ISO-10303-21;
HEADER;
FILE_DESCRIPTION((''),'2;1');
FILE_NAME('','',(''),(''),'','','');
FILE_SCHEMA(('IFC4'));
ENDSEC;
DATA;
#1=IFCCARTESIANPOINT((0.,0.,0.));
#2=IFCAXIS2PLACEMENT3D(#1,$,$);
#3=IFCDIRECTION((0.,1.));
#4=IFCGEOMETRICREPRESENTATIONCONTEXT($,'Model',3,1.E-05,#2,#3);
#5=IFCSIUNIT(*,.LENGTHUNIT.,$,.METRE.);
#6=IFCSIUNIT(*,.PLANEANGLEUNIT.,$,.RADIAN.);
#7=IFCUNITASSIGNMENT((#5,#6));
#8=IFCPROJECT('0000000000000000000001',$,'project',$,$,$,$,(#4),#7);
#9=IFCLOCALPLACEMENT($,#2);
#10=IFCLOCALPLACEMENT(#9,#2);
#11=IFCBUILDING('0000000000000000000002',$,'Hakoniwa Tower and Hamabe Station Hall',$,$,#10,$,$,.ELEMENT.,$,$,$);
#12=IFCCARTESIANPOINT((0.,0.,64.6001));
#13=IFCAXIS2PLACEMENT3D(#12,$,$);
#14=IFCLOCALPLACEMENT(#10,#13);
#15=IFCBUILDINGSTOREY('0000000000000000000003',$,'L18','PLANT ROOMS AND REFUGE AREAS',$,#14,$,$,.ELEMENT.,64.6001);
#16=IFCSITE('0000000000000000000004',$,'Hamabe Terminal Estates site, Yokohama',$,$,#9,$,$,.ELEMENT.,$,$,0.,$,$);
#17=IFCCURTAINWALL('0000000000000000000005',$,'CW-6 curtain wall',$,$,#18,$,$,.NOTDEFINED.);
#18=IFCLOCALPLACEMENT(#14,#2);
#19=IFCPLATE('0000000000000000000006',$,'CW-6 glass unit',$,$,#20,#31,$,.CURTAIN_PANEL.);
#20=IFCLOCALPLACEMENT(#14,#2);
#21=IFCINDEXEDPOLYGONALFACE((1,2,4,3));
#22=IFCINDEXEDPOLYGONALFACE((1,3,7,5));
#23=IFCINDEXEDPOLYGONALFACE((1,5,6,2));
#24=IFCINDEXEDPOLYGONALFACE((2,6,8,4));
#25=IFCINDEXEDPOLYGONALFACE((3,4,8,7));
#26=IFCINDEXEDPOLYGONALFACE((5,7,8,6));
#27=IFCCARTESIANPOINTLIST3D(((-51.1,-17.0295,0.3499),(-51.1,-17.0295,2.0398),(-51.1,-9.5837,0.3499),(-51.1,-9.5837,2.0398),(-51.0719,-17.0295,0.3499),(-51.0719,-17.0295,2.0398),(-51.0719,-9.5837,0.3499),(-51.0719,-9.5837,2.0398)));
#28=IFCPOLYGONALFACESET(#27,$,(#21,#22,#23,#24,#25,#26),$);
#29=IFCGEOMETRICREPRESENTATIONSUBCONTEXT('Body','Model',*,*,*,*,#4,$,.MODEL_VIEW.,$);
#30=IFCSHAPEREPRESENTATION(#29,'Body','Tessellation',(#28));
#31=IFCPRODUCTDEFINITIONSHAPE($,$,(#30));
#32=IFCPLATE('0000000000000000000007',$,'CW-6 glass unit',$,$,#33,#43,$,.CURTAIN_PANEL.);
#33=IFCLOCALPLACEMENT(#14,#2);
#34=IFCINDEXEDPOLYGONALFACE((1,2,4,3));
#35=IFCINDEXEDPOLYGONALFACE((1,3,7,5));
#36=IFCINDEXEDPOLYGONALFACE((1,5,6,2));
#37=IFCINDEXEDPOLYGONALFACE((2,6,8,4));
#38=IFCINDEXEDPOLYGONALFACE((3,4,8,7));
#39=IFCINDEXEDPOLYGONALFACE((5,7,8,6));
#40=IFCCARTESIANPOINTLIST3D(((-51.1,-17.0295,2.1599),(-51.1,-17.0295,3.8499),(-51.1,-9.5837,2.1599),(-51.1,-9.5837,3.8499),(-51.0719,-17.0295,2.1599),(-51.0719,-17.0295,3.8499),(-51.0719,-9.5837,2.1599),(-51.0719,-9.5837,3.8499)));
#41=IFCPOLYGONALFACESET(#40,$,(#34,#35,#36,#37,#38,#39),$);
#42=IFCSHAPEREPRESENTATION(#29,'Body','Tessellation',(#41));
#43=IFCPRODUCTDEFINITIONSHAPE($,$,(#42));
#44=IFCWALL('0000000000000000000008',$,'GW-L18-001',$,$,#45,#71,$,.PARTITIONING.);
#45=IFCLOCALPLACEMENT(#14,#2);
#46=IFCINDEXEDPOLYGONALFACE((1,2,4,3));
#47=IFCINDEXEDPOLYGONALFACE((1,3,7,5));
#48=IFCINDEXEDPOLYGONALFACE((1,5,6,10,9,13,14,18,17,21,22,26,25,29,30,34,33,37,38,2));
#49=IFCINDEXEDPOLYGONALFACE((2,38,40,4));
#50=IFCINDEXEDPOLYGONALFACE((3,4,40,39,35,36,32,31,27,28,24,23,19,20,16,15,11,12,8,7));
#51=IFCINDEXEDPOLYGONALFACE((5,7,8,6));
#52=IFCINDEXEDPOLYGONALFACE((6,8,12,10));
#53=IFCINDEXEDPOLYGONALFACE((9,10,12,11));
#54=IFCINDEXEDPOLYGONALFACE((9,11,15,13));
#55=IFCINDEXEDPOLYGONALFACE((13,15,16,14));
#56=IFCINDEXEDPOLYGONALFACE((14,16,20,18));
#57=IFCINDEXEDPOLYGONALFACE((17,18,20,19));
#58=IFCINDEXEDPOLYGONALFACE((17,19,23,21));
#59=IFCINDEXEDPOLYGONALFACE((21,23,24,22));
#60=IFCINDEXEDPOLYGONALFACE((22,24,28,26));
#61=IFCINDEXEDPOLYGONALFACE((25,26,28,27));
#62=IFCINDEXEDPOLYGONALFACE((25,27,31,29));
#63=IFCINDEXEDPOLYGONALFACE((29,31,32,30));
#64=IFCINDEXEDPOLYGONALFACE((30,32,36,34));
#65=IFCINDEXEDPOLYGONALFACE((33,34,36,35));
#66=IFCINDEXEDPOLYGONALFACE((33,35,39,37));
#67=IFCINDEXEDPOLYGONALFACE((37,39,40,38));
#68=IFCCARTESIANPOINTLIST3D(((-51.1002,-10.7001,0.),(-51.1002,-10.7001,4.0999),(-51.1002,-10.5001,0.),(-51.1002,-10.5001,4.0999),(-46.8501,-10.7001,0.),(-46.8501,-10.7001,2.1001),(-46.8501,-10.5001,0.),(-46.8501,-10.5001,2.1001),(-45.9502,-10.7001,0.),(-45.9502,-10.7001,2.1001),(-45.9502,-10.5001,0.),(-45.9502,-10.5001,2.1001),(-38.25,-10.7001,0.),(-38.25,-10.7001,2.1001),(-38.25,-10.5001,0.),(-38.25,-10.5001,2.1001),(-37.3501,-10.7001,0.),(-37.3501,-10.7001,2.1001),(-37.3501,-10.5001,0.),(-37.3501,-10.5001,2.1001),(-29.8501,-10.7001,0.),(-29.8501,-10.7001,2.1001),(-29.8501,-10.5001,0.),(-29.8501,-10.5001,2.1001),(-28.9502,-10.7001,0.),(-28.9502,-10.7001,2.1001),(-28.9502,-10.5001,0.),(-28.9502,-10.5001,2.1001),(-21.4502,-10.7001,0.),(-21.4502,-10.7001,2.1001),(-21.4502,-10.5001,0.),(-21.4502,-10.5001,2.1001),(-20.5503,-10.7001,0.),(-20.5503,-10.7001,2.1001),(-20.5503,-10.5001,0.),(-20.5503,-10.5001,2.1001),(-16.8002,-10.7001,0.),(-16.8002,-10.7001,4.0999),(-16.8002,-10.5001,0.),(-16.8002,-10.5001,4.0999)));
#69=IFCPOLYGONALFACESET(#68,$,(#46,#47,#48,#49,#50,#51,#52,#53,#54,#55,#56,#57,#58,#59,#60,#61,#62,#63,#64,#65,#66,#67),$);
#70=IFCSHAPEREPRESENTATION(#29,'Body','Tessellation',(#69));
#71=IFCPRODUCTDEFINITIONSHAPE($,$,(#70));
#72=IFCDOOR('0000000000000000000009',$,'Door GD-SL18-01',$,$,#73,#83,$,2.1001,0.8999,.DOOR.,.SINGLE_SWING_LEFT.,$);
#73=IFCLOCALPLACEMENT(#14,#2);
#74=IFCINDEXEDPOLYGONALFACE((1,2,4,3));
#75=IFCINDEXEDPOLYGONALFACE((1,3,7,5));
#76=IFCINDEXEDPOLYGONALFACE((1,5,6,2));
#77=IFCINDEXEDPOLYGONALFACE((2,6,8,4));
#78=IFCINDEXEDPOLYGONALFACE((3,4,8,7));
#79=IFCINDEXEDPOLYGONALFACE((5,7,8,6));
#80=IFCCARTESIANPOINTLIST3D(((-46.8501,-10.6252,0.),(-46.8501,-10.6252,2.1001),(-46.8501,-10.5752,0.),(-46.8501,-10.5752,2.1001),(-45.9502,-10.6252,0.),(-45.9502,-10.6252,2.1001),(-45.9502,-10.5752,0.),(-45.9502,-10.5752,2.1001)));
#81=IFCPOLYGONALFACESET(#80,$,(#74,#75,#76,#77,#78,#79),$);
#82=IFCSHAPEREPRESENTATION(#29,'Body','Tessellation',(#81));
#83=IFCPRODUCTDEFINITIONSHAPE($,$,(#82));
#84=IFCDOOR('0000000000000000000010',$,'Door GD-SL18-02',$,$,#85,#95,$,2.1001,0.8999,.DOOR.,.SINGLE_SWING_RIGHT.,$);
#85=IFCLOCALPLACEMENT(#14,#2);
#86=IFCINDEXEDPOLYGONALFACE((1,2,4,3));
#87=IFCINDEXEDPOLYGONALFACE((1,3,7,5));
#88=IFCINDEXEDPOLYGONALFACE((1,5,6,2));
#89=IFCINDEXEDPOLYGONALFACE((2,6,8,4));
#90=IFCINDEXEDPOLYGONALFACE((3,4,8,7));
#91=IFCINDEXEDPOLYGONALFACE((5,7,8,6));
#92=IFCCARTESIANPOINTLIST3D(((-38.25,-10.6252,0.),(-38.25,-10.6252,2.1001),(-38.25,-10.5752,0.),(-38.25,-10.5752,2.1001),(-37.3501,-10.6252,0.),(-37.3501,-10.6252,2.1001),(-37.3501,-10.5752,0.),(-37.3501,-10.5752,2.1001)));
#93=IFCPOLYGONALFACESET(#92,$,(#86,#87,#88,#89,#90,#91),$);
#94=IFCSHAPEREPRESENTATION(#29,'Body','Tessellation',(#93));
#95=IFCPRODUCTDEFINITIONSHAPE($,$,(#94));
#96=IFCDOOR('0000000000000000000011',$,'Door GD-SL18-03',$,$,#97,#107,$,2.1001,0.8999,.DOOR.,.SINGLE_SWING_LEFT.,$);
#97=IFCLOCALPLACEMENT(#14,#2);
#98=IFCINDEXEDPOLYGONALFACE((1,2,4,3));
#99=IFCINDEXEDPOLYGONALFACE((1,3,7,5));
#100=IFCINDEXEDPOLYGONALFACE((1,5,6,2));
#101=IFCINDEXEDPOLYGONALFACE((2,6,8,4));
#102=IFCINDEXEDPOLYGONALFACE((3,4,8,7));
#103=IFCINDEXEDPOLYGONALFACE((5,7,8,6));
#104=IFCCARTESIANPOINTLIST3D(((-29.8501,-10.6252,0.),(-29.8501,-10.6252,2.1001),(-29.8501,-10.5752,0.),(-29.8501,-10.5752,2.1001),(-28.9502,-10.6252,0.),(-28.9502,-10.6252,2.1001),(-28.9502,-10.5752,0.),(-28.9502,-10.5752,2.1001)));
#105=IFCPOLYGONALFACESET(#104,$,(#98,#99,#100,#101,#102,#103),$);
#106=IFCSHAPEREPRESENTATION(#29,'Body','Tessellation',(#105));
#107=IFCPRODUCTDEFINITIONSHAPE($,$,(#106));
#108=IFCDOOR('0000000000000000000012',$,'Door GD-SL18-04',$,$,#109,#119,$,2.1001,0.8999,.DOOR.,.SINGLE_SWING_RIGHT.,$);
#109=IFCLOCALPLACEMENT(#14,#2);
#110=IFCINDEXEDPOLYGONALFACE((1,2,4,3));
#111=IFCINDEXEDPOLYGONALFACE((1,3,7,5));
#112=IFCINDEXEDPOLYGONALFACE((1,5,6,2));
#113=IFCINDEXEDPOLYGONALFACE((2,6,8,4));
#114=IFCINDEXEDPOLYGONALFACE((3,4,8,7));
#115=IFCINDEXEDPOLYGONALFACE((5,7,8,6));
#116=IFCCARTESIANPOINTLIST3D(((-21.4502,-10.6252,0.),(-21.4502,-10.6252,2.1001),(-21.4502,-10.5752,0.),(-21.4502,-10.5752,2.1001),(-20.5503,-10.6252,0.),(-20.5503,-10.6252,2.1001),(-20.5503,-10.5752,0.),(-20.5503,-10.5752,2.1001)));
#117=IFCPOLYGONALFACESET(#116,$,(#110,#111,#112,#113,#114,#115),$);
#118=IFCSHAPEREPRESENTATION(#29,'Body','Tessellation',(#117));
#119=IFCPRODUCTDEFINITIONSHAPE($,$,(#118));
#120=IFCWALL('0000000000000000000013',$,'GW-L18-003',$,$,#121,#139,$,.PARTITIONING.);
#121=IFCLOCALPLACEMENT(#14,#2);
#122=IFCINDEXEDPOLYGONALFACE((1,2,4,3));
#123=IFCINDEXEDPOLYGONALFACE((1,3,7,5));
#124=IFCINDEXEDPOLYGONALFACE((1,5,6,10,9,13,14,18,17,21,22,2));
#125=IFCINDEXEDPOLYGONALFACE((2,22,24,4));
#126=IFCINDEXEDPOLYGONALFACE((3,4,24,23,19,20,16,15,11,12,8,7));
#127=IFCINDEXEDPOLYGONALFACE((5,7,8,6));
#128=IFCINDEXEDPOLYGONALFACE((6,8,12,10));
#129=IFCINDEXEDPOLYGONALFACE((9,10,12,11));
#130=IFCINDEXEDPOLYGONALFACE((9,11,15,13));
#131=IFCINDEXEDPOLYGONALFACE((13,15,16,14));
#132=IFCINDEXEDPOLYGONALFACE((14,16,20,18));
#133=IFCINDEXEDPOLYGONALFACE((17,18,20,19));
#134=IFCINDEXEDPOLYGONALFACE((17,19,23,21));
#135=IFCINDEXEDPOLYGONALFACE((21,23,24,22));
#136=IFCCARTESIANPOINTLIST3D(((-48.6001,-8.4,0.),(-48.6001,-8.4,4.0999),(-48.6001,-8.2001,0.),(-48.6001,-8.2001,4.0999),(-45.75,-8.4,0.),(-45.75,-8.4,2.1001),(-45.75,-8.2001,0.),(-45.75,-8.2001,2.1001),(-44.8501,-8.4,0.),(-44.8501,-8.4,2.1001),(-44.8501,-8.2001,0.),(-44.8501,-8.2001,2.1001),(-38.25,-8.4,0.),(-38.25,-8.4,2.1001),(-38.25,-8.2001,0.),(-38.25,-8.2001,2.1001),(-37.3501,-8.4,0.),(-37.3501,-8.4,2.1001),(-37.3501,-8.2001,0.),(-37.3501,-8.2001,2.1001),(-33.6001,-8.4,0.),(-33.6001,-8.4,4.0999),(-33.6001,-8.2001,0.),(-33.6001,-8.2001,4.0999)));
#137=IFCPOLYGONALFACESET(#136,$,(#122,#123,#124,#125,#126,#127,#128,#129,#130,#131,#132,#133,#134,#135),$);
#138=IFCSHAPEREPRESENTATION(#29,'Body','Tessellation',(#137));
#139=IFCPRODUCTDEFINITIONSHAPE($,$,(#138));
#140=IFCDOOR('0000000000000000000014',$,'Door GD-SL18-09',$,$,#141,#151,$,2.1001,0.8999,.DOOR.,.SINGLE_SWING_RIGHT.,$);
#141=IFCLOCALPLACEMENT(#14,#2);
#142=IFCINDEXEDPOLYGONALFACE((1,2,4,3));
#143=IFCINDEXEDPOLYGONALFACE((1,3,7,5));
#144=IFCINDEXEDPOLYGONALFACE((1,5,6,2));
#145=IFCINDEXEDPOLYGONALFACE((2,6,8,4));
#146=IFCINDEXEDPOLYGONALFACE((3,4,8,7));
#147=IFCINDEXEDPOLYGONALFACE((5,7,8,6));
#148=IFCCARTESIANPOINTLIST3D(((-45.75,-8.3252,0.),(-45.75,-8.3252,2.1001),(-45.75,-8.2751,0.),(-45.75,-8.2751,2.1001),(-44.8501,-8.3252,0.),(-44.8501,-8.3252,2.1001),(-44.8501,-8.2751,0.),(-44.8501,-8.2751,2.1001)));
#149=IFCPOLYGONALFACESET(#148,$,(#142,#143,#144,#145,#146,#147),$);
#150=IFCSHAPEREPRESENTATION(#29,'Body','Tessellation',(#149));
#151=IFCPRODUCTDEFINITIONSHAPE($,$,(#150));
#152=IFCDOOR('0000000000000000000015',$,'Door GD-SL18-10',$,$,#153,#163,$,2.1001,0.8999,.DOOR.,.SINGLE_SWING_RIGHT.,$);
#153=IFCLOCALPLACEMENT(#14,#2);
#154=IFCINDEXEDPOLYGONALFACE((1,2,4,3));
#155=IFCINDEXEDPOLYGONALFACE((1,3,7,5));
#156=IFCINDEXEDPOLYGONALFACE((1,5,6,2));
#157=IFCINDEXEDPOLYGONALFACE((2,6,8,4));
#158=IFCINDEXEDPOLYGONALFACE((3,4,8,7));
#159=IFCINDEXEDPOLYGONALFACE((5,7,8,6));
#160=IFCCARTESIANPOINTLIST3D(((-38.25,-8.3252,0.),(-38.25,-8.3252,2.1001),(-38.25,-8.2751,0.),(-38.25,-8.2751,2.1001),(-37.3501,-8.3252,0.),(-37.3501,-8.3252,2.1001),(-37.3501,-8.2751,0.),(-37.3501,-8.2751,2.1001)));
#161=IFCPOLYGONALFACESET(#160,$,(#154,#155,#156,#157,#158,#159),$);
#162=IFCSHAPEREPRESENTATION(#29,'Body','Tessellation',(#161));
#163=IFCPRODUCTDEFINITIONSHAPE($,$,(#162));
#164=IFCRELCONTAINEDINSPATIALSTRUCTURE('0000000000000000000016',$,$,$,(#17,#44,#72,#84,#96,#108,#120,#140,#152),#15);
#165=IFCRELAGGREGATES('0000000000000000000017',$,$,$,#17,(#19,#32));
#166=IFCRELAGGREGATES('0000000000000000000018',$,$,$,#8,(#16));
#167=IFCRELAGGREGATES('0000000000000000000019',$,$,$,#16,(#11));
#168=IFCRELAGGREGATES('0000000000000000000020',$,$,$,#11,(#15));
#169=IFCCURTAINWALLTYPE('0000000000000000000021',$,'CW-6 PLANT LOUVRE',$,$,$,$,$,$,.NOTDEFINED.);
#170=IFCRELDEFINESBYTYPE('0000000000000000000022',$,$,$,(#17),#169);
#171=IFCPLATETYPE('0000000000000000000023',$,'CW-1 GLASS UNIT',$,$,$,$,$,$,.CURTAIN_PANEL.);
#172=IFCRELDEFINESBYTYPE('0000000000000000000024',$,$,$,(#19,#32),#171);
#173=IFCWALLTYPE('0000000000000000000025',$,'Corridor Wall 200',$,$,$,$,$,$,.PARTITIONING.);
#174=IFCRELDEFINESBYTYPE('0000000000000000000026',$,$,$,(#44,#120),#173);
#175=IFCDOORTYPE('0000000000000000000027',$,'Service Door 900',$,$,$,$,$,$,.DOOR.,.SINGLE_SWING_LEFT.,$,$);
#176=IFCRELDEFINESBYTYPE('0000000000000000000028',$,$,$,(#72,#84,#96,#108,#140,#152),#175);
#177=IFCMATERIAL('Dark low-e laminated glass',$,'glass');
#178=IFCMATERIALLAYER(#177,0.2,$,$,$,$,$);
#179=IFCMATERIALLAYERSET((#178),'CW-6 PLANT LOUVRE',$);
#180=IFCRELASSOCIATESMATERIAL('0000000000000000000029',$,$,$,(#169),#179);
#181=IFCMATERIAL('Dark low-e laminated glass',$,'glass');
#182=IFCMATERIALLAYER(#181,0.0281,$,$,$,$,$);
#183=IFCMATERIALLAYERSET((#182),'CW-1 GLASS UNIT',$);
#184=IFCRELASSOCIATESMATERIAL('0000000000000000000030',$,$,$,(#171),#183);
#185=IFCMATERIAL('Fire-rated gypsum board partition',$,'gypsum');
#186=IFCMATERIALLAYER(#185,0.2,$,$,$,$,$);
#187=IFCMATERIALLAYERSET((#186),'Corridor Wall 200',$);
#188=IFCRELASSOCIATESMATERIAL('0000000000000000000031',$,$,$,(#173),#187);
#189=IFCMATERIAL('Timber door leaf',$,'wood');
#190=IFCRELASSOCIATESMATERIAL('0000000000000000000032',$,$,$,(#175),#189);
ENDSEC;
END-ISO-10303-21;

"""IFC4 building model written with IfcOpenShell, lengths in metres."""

from ifc_helpers import new_model, si_unit, direction, frame, frame_2d, origin, origin_2d, place, context, subcontext, project, spatial, rectangle, extrude, material, layer, layer_set, type_object, element, fill, aggregate, save


model = new_model("IFC4")

# Units and contexts
model_context = context("Model", 3, precision=1e-05, world=origin(), true_north=direction((0.0, 1.0)))
body_context = subcontext(model_context, "Body", "Model", "MODEL_VIEW")
ifc_project = project(units=[si_unit("LENGTHUNIT", "METRE"), si_unit("PLANEANGLEUNIT", "RADIAN")], contexts=[model_context])

# Site, building, storey
site_placement = place(None, origin())
site = spatial("IfcSite", under=ifc_project, at=site_placement, Name="Hamabe Terminal Estates site, Yokohama", CompositionType="ELEMENT", RefElevation=0.0)
building_placement = place(site_placement, origin())
building = spatial("IfcBuilding", under=site, at=building_placement, Name="Hakoniwa Tower and Hamabe Station Hall", CompositionType="ELEMENT")
storey_placement = place(building_placement, frame((0.0, 0.0, 64.6001)))
storey = spatial("IfcBuildingStorey", under=building, at=storey_placement, Name="L18", Description="PLANT ROOMS AND REFUGE AREAS", CompositionType="ELEMENT", Elevation=64.6001)

# Curtain wall
ifc_material_1 = material(Name="Dark low-e laminated glass", Category="glass")
ifc_layer_1 = layer(ifc_material_1, 0.2)
ifc_layer_set_1 = layer_set([ifc_layer_1], Name="CW-6 PLANT LOUVRE")
curtain_wall_type = type_object("IfcCurtainWallType", Name="CW-6 PLANT LOUVRE", PredefinedType="NOTDEFINED", material=ifc_layer_set_1)
curtain_wall_placement = place(storey_placement, origin())
curtain_wall = element("IfcCurtainWall", 1, at=curtain_wall_placement, inside=storey, type_object=curtain_wall_type, Name="CW-6 curtain wall", PredefinedType="NOTDEFINED")

# Plates
ifc_material_2 = material(Name="Dark low-e laminated glass", Category="glass")
ifc_layer_2 = layer(ifc_material_2, 0.0281)
ifc_layer_set_2 = layer_set([ifc_layer_2], Name="CW-1 GLASS UNIT")
plate_type = type_object("IfcPlateType", Name="CW-1 GLASS UNIT", PredefinedType="CURTAIN_PANEL", material=ifc_layer_set_2)
plate_1_placement = place(storey_placement, frame((-51.0859, -13.3066, 0.3499), z_axis=(0.0, 0.0, 1.0), x_axis=(0.0, -1.0, 0.0)))
plate_1 = element("IfcPlate", 2, at=plate_1_placement, type_object=plate_type, Name="CW-6 glass unit", PredefinedType="CURTAIN_PANEL", context=body_context, shape_type="SweptSolid", body=[
    extrude(rectangle(XDim=7.4458, YDim=0.0281, at=origin_2d()), origin(), (0.0, 0.0, 1.0), 1.6899),
])
plate_2_placement = place(storey_placement, frame((-51.0859, -13.3066, 2.1599), z_axis=(0.0, 0.0, 1.0), x_axis=(0.0, -1.0, 0.0)))
plate_2 = element("IfcPlate", 3, at=plate_2_placement, type_object=plate_type, Name="CW-6 glass unit", PredefinedType="CURTAIN_PANEL", context=body_context, shape_type="SweptSolid", body=[
    extrude(rectangle(XDim=7.4458, YDim=0.0281, at=origin_2d()), origin(), (0.0, 0.0, 1.0), 1.6899),
])

# Walls, openings, doors
ifc_material_3 = material(Name="Fire-rated gypsum board partition", Category="gypsum")
ifc_layer_3 = layer(ifc_material_3, 0.2)
ifc_layer_set_3 = layer_set([ifc_layer_3], Name="Corridor Wall 200")
wall_type_1 = type_object("IfcWallType", Name="Corridor Wall 200", PredefinedType="PARTITIONING", material=ifc_layer_set_3)
wall_1_placement = place(storey_placement, frame((-51.1001, -10.6001, 0.0), z_axis=(0.0, 0.0, 1.0), x_axis=(1.0, 0.0, 0.0)))
wall_1 = element("IfcWall", 4, at=wall_1_placement, inside=storey, type_object=wall_type_1, Name="GW-L18-001", PredefinedType="PARTITIONING", context=body_context, shape_type="SweptSolid", body=[
    extrude(rectangle(XDim=34.3, YDim=0.2, at=frame_2d((17.1499, 0.0))), origin(), (0.0, 0.0, 1.0), 4.0999),
])
opening_1_placement = place(wall_1_placement, frame((4.25, 0.0, 0.0)))
opening_1 = element("IfcOpeningElement", 5, at=opening_1_placement, cuts=wall_1, PredefinedType="OPENING", context=body_context, shape_type="SweptSolid", body=[
    extrude(rectangle(XDim=0.8999, YDim=2.1001, at=frame_2d((0.45, 1.05))), frame((0.0, 0.1099, 0.0), z_axis=(0.0, -1.0, 0.0), x_axis=(1.0, 0.0, 0.0)), (0.0, 0.0, 1.0), 0.22),
])
opening_2_placement = place(wall_1_placement, frame((12.8501, 0.0, 0.0)))
opening_2 = element("IfcOpeningElement", 6, at=opening_2_placement, cuts=wall_1, PredefinedType="OPENING", context=body_context, shape_type="SweptSolid", body=[
    extrude(rectangle(XDim=0.8999, YDim=2.1001, at=frame_2d((0.45, 1.05))), frame((0.0, 0.1099, 0.0), z_axis=(0.0, -1.0, 0.0), x_axis=(1.0, 0.0, 0.0)), (0.0, 0.0, 1.0), 0.22),
])
opening_3_placement = place(wall_1_placement, frame((21.25, 0.0, 0.0)))
opening_3 = element("IfcOpeningElement", 7, at=opening_3_placement, cuts=wall_1, PredefinedType="OPENING", context=body_context, shape_type="SweptSolid", body=[
    extrude(rectangle(XDim=0.8999, YDim=2.1001, at=frame_2d((0.45, 1.05))), frame((0.0, 0.1099, 0.0), z_axis=(0.0, -1.0, 0.0), x_axis=(1.0, 0.0, 0.0)), (0.0, 0.0, 1.0), 0.22),
])
opening_4_placement = place(wall_1_placement, frame((29.6499, 0.0, 0.0)))
opening_4 = element("IfcOpeningElement", 8, at=opening_4_placement, cuts=wall_1, PredefinedType="OPENING", context=body_context, shape_type="SweptSolid", body=[
    extrude(rectangle(XDim=0.8999, YDim=2.1001, at=frame_2d((0.45, 1.05))), frame((0.0, 0.1099, 0.0), z_axis=(0.0, -1.0, 0.0), x_axis=(1.0, 0.0, 0.0)), (0.0, 0.0, 1.0), 0.22),
])
ifc_material_4 = material(Name="Timber door leaf", Category="wood")
door_type = type_object("IfcDoorType", Name="Service Door 900", OperationType="SINGLE_SWING_LEFT", PredefinedType="DOOR", material=ifc_material_4)
door_1_placement = place(opening_1_placement, origin())
door_1 = element("IfcDoor", 9, at=door_1_placement, inside=storey, type_object=door_type, Name="Door GD-SL18-01", OperationType="SINGLE_SWING_LEFT", OverallHeight=2.1001, OverallWidth=0.8999, PredefinedType="DOOR", context=body_context, shape_type="SweptSolid", body=[
    extrude(rectangle(XDim=0.8999, YDim=2.1001, at=frame_2d((0.45, 1.05))), frame((0.0, 0.0249, 0.0), z_axis=(0.0, -1.0, 0.0), x_axis=(1.0, 0.0, 0.0)), (0.0, 0.0, 1.0), 0.05),
])
fill(opening_1, door_1)
door_2_placement = place(opening_2_placement, origin())
door_2 = element("IfcDoor", 10, at=door_2_placement, inside=storey, type_object=door_type, Name="Door GD-SL18-02", OperationType="SINGLE_SWING_RIGHT", OverallHeight=2.1001, OverallWidth=0.8999, PredefinedType="DOOR", context=body_context, shape_type="SweptSolid", body=[
    extrude(rectangle(XDim=0.8999, YDim=2.1001, at=frame_2d((0.45, 1.05))), frame((0.0, 0.0249, 0.0), z_axis=(0.0, -1.0, 0.0), x_axis=(1.0, 0.0, 0.0)), (0.0, 0.0, 1.0), 0.05),
])
fill(opening_2, door_2)
door_3_placement = place(opening_3_placement, origin())
door_3 = element("IfcDoor", 11, at=door_3_placement, inside=storey, type_object=door_type, Name="Door GD-SL18-03", OperationType="SINGLE_SWING_LEFT", OverallHeight=2.1001, OverallWidth=0.8999, PredefinedType="DOOR", context=body_context, shape_type="SweptSolid", body=[
    extrude(rectangle(XDim=0.8999, YDim=2.1001, at=frame_2d((0.45, 1.05))), frame((0.0, 0.0249, 0.0), z_axis=(0.0, -1.0, 0.0), x_axis=(1.0, 0.0, 0.0)), (0.0, 0.0, 1.0), 0.05),
])
fill(opening_3, door_3)
door_4_placement = place(opening_4_placement, origin())
door_4 = element("IfcDoor", 12, at=door_4_placement, inside=storey, type_object=door_type, Name="Door GD-SL18-04", OperationType="SINGLE_SWING_RIGHT", OverallHeight=2.1001, OverallWidth=0.8999, PredefinedType="DOOR", context=body_context, shape_type="SweptSolid", body=[
    extrude(rectangle(XDim=0.8999, YDim=2.1001, at=frame_2d((0.45, 1.05))), frame((0.0, 0.0249, 0.0), z_axis=(0.0, -1.0, 0.0), x_axis=(1.0, 0.0, 0.0)), (0.0, 0.0, 1.0), 0.05),
])
fill(opening_4, door_4)
wall_2_placement = place(storey_placement, frame((-48.6001, -8.3, 0.0), z_axis=(0.0, 0.0, 1.0), x_axis=(1.0, 0.0, 0.0)))
wall_2 = element("IfcWall", 13, at=wall_2_placement, inside=storey, type_object=wall_type_1, Name="GW-L18-003", PredefinedType="PARTITIONING", context=body_context, shape_type="SweptSolid", body=[
    extrude(rectangle(XDim=15.0, YDim=0.2, at=frame_2d((7.5, 0.0))), origin(), (0.0, 0.0, 1.0), 4.0999),
])
opening_5_placement = place(wall_2_placement, frame((2.8501, 0.0, 0.0)))
opening_5 = element("IfcOpeningElement", 14, at=opening_5_placement, cuts=wall_2, PredefinedType="OPENING", context=body_context, shape_type="SweptSolid", body=[
    extrude(rectangle(XDim=0.8999, YDim=2.1001, at=frame_2d((0.45, 1.05))), frame((0.0, 0.1099, 0.0), z_axis=(0.0, -1.0, 0.0), x_axis=(1.0, 0.0, 0.0)), (0.0, 0.0, 1.0), 0.22),
])
opening_6_placement = place(wall_2_placement, frame((10.3501, 0.0, 0.0)))
opening_6 = element("IfcOpeningElement", 15, at=opening_6_placement, cuts=wall_2, PredefinedType="OPENING", context=body_context, shape_type="SweptSolid", body=[
    extrude(rectangle(XDim=0.8999, YDim=2.1001, at=frame_2d((0.45, 1.05))), frame((0.0, 0.1099, 0.0), z_axis=(0.0, -1.0, 0.0), x_axis=(1.0, 0.0, 0.0)), (0.0, 0.0, 1.0), 0.22),
])
door_5_placement = place(opening_5_placement, origin())
door_5 = element("IfcDoor", 16, at=door_5_placement, inside=storey, type_object=door_type, Name="Door GD-SL18-09", OperationType="SINGLE_SWING_RIGHT", OverallHeight=2.1001, OverallWidth=0.8999, PredefinedType="DOOR", context=body_context, shape_type="SweptSolid", body=[
    extrude(rectangle(XDim=0.8999, YDim=2.1001, at=frame_2d((0.45, 1.05))), frame((0.0, 0.0249, 0.0), z_axis=(0.0, -1.0, 0.0), x_axis=(1.0, 0.0, 0.0)), (0.0, 0.0, 1.0), 0.05),
])
fill(opening_5, door_5)
door_6_placement = place(opening_6_placement, origin())
door_6 = element("IfcDoor", 17, at=door_6_placement, inside=storey, type_object=door_type, Name="Door GD-SL18-10", OperationType="SINGLE_SWING_RIGHT", OverallHeight=2.1001, OverallWidth=0.8999, PredefinedType="DOOR", context=body_context, shape_type="SweptSolid", body=[
    extrude(rectangle(XDim=0.8999, YDim=2.1001, at=frame_2d((0.45, 1.05))), frame((0.0, 0.0249, 0.0), z_axis=(0.0, -1.0, 0.0), x_axis=(1.0, 0.0, 0.0)), (0.0, 0.0, 1.0), 0.05),
])
fill(opening_6, door_6)

aggregate(curtain_wall, [plate_1, plate_2])

save(model, "model.ifc")
